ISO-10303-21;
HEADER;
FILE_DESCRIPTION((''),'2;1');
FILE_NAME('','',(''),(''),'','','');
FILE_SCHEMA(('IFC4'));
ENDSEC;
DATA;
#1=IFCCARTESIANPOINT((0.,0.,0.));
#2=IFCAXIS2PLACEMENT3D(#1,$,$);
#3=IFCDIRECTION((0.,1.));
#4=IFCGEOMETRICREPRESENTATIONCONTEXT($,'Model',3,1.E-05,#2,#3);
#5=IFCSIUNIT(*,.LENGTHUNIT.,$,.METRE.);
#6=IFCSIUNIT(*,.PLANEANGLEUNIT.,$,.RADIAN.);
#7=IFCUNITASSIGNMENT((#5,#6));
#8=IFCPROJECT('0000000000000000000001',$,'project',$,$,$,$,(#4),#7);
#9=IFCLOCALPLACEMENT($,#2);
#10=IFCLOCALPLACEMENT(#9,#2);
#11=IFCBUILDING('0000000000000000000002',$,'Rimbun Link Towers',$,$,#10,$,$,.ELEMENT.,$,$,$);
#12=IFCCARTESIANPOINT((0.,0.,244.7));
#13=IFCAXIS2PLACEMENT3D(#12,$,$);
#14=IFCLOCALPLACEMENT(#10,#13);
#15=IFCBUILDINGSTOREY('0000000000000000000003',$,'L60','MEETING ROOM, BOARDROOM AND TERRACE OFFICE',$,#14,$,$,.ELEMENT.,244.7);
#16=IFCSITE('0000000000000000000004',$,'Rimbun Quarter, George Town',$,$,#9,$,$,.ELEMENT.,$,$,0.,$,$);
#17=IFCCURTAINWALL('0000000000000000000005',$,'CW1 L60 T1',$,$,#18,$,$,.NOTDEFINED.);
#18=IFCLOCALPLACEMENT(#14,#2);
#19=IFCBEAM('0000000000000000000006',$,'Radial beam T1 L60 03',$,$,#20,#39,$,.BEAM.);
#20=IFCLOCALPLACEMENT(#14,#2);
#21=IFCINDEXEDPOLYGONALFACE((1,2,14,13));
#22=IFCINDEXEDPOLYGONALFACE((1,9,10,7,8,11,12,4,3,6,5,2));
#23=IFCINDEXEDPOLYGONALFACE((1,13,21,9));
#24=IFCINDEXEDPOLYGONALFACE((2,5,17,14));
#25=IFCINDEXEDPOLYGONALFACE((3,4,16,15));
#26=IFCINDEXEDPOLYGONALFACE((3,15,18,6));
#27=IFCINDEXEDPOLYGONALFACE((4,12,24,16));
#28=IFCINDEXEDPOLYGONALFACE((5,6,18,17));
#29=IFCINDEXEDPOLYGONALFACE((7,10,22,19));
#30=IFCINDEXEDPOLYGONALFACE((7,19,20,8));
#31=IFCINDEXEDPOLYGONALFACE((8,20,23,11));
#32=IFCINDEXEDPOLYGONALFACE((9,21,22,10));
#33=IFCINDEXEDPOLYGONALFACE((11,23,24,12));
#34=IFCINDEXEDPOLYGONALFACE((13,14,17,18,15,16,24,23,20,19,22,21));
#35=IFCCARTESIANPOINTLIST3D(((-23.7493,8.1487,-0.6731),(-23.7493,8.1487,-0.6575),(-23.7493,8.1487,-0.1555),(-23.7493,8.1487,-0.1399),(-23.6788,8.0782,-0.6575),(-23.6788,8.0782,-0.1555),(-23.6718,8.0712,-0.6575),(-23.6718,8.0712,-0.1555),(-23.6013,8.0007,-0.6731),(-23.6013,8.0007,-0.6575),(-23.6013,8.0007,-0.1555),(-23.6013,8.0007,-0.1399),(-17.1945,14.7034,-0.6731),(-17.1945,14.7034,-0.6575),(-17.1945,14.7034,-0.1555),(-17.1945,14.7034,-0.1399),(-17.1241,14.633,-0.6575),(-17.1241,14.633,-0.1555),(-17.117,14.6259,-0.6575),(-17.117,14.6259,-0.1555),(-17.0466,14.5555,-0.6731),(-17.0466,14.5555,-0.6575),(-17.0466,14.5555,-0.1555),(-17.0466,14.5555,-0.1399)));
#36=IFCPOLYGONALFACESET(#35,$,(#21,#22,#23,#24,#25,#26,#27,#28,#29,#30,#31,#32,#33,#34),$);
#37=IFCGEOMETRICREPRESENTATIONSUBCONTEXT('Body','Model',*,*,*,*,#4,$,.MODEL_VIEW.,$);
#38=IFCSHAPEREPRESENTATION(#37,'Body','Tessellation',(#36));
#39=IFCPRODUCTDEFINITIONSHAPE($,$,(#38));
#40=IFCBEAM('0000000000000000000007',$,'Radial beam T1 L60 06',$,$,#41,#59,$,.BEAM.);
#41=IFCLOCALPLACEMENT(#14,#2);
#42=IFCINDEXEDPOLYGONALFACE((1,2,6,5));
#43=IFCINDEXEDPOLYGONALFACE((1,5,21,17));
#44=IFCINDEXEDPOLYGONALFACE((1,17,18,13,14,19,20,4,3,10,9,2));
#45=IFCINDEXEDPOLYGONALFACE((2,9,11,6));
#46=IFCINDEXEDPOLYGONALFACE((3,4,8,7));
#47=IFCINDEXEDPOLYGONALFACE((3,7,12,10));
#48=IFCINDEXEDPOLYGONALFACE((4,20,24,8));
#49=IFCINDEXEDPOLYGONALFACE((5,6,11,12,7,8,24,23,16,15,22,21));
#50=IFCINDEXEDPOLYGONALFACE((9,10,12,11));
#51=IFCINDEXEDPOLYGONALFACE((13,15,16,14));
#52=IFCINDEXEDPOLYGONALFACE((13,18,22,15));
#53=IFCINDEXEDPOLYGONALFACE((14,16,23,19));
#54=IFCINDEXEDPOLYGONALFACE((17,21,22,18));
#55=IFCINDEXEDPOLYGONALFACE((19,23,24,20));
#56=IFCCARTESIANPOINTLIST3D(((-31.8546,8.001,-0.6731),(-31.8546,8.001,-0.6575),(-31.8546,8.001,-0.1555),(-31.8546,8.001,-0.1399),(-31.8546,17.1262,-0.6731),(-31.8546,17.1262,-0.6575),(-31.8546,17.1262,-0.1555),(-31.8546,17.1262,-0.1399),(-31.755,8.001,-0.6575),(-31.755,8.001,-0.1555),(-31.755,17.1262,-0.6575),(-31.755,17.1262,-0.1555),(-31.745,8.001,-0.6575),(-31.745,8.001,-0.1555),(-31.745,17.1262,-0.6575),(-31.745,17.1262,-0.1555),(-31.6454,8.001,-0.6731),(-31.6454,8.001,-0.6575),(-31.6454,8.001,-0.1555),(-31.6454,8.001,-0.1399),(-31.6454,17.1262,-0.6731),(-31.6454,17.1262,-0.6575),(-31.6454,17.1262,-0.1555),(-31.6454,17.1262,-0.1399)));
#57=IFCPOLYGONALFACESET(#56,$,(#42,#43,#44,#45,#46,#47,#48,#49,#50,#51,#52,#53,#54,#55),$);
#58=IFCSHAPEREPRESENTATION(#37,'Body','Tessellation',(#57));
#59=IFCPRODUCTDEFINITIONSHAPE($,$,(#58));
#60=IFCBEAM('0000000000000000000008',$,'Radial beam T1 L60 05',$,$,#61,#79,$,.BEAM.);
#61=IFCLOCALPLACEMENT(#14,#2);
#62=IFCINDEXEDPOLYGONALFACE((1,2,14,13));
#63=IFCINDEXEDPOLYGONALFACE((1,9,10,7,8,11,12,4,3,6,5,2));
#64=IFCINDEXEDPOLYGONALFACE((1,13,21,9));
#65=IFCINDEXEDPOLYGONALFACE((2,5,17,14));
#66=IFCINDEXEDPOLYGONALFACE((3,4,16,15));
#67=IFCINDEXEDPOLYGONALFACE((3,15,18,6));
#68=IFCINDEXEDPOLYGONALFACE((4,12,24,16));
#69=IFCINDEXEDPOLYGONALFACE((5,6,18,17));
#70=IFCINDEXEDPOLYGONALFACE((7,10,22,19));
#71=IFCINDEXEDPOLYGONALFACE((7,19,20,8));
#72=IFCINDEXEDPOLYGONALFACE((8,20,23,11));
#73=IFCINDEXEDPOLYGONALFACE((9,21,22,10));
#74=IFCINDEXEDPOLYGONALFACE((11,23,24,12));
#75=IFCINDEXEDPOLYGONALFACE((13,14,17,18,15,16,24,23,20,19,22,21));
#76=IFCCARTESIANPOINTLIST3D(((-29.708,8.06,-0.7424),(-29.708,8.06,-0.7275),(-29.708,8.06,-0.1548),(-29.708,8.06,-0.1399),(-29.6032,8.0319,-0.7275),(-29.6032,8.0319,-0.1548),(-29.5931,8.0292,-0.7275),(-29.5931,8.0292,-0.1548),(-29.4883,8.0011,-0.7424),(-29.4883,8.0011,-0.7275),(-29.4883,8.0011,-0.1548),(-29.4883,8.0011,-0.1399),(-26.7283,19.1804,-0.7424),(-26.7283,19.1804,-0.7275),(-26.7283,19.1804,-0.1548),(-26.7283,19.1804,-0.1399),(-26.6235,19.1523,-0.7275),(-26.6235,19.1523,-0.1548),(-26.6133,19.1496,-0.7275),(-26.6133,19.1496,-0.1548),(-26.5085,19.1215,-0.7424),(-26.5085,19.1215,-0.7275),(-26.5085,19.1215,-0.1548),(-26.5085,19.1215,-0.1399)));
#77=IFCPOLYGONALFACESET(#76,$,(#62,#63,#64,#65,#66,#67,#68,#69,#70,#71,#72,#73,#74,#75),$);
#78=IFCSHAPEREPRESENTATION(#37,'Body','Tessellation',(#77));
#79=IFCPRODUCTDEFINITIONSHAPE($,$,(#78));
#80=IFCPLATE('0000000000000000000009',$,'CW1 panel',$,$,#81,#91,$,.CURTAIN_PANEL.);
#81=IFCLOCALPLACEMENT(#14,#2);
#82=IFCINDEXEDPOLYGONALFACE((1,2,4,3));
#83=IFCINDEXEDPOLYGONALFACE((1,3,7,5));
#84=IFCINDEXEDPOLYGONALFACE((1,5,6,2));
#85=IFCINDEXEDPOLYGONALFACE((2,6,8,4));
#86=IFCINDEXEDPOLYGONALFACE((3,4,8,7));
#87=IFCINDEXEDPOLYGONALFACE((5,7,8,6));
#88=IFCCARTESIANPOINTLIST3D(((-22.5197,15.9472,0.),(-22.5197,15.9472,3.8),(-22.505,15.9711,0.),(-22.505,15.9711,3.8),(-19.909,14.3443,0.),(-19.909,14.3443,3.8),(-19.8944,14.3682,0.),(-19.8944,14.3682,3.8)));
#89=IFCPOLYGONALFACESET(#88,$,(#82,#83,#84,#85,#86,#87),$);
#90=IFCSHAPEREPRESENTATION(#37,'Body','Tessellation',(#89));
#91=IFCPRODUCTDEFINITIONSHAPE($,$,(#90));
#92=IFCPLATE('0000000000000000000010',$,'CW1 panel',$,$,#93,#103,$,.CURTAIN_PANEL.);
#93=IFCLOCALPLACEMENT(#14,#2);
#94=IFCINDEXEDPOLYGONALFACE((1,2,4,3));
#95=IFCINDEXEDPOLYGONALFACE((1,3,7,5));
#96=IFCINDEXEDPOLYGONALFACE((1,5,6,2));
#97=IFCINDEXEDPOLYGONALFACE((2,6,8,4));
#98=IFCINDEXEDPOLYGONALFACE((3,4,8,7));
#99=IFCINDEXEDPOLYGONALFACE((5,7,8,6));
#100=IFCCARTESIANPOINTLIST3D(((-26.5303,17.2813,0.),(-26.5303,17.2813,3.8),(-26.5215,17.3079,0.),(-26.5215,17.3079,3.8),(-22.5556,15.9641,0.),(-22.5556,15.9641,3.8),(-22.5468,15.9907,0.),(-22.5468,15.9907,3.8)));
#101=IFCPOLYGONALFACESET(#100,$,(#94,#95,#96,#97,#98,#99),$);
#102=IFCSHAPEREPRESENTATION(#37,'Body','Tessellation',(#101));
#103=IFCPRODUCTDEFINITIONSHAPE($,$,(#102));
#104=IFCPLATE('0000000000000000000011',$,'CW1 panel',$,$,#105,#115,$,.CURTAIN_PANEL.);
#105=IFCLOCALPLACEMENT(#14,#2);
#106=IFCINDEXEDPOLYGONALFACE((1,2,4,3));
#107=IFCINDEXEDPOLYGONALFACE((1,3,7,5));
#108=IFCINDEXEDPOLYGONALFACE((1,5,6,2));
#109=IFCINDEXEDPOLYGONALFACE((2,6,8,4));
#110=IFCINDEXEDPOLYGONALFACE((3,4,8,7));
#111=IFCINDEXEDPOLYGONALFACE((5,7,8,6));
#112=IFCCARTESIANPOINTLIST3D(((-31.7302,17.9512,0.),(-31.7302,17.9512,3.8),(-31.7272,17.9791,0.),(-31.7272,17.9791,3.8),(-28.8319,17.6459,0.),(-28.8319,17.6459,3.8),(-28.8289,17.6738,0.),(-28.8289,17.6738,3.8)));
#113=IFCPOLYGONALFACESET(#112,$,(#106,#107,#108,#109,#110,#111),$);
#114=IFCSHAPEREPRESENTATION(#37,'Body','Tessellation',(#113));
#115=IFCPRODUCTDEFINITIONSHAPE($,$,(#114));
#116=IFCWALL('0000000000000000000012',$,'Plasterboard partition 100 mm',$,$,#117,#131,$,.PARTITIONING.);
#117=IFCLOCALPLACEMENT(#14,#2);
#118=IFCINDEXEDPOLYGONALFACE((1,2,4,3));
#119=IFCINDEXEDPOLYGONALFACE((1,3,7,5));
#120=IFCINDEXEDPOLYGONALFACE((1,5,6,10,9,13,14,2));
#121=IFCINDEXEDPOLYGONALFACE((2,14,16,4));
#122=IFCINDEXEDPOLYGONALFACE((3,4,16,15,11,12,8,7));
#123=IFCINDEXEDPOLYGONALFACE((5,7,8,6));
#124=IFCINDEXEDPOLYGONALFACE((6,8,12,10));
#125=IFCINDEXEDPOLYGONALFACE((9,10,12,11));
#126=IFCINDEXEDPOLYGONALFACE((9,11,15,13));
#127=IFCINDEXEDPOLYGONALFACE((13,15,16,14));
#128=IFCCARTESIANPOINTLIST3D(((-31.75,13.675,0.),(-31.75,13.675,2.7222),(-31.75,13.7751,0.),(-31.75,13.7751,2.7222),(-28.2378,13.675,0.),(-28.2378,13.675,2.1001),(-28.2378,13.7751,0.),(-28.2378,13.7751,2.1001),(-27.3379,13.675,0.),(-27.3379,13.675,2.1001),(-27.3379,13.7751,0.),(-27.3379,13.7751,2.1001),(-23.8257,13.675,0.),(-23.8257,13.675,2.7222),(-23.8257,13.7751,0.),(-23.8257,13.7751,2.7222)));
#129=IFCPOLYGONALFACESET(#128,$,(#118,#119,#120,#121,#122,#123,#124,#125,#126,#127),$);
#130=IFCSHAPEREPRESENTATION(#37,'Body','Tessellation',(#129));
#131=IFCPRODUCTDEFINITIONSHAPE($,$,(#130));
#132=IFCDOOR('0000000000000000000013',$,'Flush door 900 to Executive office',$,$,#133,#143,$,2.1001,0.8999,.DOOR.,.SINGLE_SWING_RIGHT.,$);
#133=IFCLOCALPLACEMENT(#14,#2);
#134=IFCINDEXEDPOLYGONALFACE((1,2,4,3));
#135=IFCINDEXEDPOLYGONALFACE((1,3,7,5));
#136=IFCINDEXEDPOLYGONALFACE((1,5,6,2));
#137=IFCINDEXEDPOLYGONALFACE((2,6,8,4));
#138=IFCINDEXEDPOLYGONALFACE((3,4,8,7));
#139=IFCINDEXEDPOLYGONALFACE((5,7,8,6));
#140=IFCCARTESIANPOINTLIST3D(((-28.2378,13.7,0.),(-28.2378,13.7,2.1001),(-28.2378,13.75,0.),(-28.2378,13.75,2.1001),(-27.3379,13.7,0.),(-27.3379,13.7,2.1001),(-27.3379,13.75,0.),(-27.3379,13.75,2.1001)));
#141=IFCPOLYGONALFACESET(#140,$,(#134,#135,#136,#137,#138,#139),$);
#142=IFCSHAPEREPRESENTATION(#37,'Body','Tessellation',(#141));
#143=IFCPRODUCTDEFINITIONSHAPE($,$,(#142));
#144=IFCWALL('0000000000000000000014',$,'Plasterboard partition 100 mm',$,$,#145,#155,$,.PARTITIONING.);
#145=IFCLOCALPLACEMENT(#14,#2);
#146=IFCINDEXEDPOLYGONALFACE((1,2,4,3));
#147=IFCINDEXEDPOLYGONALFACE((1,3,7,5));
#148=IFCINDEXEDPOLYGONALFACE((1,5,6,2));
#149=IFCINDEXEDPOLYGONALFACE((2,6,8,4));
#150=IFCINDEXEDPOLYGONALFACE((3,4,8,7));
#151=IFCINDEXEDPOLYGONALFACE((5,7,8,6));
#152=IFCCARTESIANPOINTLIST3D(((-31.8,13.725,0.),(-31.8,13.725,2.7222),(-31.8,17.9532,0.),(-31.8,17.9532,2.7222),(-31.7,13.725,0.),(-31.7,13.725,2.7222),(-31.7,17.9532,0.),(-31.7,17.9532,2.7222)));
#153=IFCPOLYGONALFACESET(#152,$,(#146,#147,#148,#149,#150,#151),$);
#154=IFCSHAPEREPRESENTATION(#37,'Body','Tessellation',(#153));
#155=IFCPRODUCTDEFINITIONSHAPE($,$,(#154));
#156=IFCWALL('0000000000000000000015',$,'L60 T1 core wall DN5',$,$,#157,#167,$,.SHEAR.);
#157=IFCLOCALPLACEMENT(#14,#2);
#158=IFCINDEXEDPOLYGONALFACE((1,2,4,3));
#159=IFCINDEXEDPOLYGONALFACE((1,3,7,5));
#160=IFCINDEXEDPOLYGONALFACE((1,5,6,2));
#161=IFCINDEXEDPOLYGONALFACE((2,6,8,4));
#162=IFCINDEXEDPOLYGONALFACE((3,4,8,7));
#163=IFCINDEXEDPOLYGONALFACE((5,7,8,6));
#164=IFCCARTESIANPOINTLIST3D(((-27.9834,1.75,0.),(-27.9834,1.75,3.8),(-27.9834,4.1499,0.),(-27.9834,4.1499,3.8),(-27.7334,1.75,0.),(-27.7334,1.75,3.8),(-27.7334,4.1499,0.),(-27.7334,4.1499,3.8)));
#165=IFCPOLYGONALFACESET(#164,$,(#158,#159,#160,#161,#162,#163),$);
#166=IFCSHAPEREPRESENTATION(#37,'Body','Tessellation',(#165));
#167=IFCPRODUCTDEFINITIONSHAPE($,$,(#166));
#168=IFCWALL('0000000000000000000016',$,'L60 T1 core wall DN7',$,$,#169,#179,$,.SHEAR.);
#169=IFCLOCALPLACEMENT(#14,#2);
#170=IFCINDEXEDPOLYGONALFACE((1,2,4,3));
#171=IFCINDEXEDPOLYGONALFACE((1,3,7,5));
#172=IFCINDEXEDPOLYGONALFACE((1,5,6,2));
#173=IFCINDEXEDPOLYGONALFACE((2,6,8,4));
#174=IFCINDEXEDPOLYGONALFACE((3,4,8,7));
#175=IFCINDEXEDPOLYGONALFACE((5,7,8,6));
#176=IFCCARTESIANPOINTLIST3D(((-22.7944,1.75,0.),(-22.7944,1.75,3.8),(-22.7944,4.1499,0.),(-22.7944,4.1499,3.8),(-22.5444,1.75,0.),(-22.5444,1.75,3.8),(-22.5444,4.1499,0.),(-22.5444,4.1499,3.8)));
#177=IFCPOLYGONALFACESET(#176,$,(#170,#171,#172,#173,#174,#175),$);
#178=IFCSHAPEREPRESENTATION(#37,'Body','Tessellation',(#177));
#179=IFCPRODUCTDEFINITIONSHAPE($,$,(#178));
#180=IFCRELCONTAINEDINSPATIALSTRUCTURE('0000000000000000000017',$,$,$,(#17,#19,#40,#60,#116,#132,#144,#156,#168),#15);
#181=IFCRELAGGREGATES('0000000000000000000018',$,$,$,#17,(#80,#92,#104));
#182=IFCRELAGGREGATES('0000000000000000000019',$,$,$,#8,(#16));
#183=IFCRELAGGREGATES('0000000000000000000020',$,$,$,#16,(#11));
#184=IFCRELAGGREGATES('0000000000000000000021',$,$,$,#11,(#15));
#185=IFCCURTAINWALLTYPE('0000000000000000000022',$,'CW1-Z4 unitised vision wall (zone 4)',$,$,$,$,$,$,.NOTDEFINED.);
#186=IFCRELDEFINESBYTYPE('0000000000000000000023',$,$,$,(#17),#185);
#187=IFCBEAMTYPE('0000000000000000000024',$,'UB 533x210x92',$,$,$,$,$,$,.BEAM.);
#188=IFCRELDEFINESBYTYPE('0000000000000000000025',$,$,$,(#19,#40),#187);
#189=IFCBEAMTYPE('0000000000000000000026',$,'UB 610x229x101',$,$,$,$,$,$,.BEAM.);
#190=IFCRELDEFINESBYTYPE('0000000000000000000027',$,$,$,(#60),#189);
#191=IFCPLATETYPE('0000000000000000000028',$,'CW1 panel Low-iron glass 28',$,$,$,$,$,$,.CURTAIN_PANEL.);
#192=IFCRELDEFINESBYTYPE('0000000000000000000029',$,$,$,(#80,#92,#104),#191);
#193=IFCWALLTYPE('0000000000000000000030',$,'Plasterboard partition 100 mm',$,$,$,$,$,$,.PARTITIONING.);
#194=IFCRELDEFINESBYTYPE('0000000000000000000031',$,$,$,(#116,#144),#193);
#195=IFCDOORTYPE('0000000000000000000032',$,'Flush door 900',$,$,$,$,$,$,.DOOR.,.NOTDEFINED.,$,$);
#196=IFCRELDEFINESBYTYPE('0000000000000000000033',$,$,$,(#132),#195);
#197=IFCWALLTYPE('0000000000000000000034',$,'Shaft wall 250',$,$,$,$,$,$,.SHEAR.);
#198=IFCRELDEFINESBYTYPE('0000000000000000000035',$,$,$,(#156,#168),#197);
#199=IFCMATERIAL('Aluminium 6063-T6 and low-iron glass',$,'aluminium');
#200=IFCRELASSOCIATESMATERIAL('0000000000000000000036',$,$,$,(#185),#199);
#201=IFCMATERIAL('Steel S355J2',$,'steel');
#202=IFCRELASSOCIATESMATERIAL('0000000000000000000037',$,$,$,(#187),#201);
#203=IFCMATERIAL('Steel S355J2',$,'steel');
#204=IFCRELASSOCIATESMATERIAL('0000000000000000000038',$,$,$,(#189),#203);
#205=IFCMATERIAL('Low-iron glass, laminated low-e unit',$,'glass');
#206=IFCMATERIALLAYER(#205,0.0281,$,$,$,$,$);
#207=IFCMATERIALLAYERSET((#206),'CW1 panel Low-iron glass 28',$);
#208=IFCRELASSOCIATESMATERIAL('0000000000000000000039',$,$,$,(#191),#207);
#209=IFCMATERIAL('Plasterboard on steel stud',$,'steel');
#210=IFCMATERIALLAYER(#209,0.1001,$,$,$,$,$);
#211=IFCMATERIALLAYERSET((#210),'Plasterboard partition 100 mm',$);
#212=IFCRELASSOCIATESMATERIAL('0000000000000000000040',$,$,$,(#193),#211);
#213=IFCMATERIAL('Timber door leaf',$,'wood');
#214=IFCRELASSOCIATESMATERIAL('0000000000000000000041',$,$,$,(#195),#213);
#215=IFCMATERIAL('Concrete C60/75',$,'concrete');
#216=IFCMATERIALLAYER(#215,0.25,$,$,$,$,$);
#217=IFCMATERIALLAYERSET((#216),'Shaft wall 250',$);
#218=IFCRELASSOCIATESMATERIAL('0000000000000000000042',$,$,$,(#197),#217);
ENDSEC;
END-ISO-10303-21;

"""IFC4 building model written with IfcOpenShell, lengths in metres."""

from ifc_helpers import new_model, si_unit, direction, frame, frame_2d, origin, origin_2d, place, context, subcontext, project, spatial, rectangle, i_section, extrude, material, layer, layer_set, material_profile, profile_set, type_object, element, fill, aggregate, save


model = new_model("IFC4")

# Units and contexts
model_context = context("Model", 3, precision=1e-05, world=origin(), true_north=direction((0.0, 1.0)))
body_context = subcontext(model_context, "Body", "Model", "MODEL_VIEW")
ifc_project = project(units=[si_unit("LENGTHUNIT", "METRE"), si_unit("PLANEANGLEUNIT", "RADIAN")], contexts=[model_context])

# Site, building, storey
site_placement = place(None, origin())
site = spatial("IfcSite", under=ifc_project, at=site_placement, Name="Rimbun Quarter, George Town", CompositionType="ELEMENT", RefElevation=0.0)
building_placement = place(site_placement, origin())
building = spatial("IfcBuilding", under=site, at=building_placement, Name="Rimbun Link Towers", CompositionType="ELEMENT")
storey_placement = place(building_placement, frame((0.0, 0.0, 244.7)))
storey = spatial("IfcBuildingStorey", under=building, at=storey_placement, Name="L60", Description="MEETING ROOM, BOARDROOM AND TERRACE OFFICE", CompositionType="ELEMENT", Elevation=244.7)

# Curtain wall
ifc_material_1 = material(Name="Aluminium 6063-T6 and low-iron glass", Category="aluminium")
curtain_wall_type = type_object("IfcCurtainWallType", Name="CW1-Z4 unitised vision wall (zone 4)", PredefinedType="NOTDEFINED", material=ifc_material_1)
curtain_wall_placement = place(storey_placement, origin())
curtain_wall = element("IfcCurtainWall", 1, at=curtain_wall_placement, inside=storey, type_object=curtain_wall_type, Name="CW1 L60 T1", PredefinedType="NOTDEFINED")

# Beams
ifc_material_2 = material(Name="Steel S355J2", Category="steel")
ifc_material_profile_1 = material_profile(ifc_material_2, i_section(OverallWidth=0.2092, OverallDepth=0.5332, WebThickness=0.01, FlangeThickness=0.0156, at=origin_2d()), Name="UB 533x210x92")
ifc_profile_set_1 = profile_set([ifc_material_profile_1], Name="Steel S355J2")
beam_type_1 = type_object("IfcBeamType", Name="UB 533x210x92", PredefinedType="BEAM", material=ifc_profile_set_1)
beam_1_placement = place(storey_placement, frame((-23.6753, 8.0747, -0.4065), z_axis=(0.707107, 0.707107, 0.0), x_axis=(-0.707107, 0.707107, 0.0)))
element("IfcBeam", 2, at=beam_1_placement, inside=storey, type_object=beam_type_1, Name="Radial beam T1 L60 03", PredefinedType="BEAM", context=body_context, shape_type="SweptSolid", body=[
    extrude(i_section(OverallWidth=0.2092, OverallDepth=0.5332, WebThickness=0.01, FlangeThickness=0.0156, at=origin_2d()), origin(), (0.0, 0.0, 1.0), 9.2698),
])
beam_2_placement = place(storey_placement, frame((-31.75, 8.001, -0.4065), z_axis=(0.0, 1.0, 0.0), x_axis=(-1.0, 0.0, 0.0)))
element("IfcBeam", 3, at=beam_2_placement, inside=storey, type_object=beam_type_1, Name="Radial beam T1 L60 06", PredefinedType="BEAM", context=body_context, shape_type="SweptSolid", body=[
    extrude(i_section(OverallWidth=0.2092, OverallDepth=0.5332, WebThickness=0.01, FlangeThickness=0.0156, at=origin_2d()), origin(), (0.0, 0.0, 1.0), 9.1252),
])
ifc_material_3 = material(Name="Steel S355J2", Category="steel")
ifc_material_profile_2 = material_profile(ifc_material_3, i_section(OverallWidth=0.2275, OverallDepth=0.6025, WebThickness=0.0105, FlangeThickness=0.0149, at=origin_2d()), Name="UB 610x229x101")
ifc_profile_set_2 = profile_set([ifc_material_profile_2], Name="Steel S355J2")
beam_type_2 = type_object("IfcBeamType", Name="UB 610x229x101", PredefinedType="BEAM", material=ifc_profile_set_2)
beam_3_placement = place(storey_placement, frame((-29.5981, 8.0305, -0.4412), z_axis=(0.258823, 0.965925, 0.0), x_axis=(-0.965925, 0.258823, 0.0)))
element("IfcBeam", 4, at=beam_3_placement, inside=storey, type_object=beam_type_2, Name="Radial beam T1 L60 05", PredefinedType="BEAM", context=body_context, shape_type="SweptSolid", body=[
    extrude(i_section(OverallWidth=0.2275, OverallDepth=0.6025, WebThickness=0.0105, FlangeThickness=0.0149, at=origin_2d()), origin(), (0.0, 0.0, 1.0), 11.5127),
])

# Plates
ifc_material_4 = material(Name="Low-iron glass, laminated low-e unit", Category="glass")
ifc_layer_1 = layer(ifc_material_4, 0.0281)
ifc_layer_set_1 = layer_set([ifc_layer_1], Name="CW1 panel Low-iron glass 28")
plate_type = type_object("IfcPlateType", Name="CW1 panel Low-iron glass 28", PredefinedType="CURTAIN_PANEL", material=ifc_layer_set_1)
plate_1_placement = place(storey_placement, frame((-21.207, 15.1577, 0.0), z_axis=(0.0, 0.0, 1.0), x_axis=(0.852192, -0.523229, 0.0)))
plate_1 = element("IfcPlate", 5, at=plate_1_placement, type_object=plate_type, Name="CW1 panel", PredefinedType="CURTAIN_PANEL", context=body_context, shape_type="SweptSolid", body=[
    extrude(rectangle(XDim=3.0635, YDim=0.0281, at=origin_2d()), origin(), (0.0, 0.0, 1.0), 3.8),
])
plate_2_placement = place(storey_placement, frame((-24.5386, 16.636, 0.0), z_axis=(0.0, 0.0, 1.0), x_axis=(0.949234, -0.314569, 0.0)))
plate_2 = element("IfcPlate", 6, at=plate_2_placement, type_object=plate_type, Name="CW1 panel", PredefinedType="CURTAIN_PANEL", context=body_context, shape_type="SweptSolid", body=[
    extrude(rectangle(XDim=4.1873, YDim=0.0281, at=origin_2d()), origin(), (0.0, 0.0, 1.0), 3.8),
])
plate_3_placement = place(storey_placement, frame((-30.2795, 17.8125, 0.0), z_axis=(0.0, 0.0, 1.0), x_axis=(0.9945, -0.104732, 0.0)))
plate_3 = element("IfcPlate", 7, at=plate_3_placement, type_object=plate_type, Name="CW1 panel", PredefinedType="CURTAIN_PANEL", context=body_context, shape_type="SweptSolid", body=[
    extrude(rectangle(XDim=2.9143, YDim=0.0281, at=origin_2d()), origin(), (0.0, 0.0, 1.0), 3.8),
])
aggregate(curtain_wall, [plate_1, plate_2, plate_3])

# Wall, opening, door
ifc_material_5 = material(Name="Plasterboard on steel stud", Category="steel")
ifc_layer_2 = layer(ifc_material_5, 0.1001)
ifc_layer_set_2 = layer_set([ifc_layer_2], Name="Plasterboard partition 100 mm")
wall_type_1 = type_object("IfcWallType", Name="Plasterboard partition 100 mm", PredefinedType="PARTITIONING", material=ifc_layer_set_2)
wall_1_placement = place(storey_placement, frame((-31.75, 13.7251, 0.0), z_axis=(0.0, 0.0, 1.0), x_axis=(1.0, 0.0, 0.0)))
wall_1 = element("IfcWall", 8, at=wall_1_placement, inside=storey, type_object=wall_type_1, Name="Plasterboard partition 100 mm", PredefinedType="PARTITIONING", context=body_context, shape_type="SweptSolid", body=[
    extrude(rectangle(XDim=7.9243, YDim=0.1001, at=frame_2d((3.9622, 0.0))), origin(), (0.0, 0.0, 1.0), 2.7222),
])
opening_1_placement = place(wall_1_placement, frame((3.5122, 0.0, 0.0)))
opening_1 = element("IfcOpeningElement", 9, at=opening_1_placement, cuts=wall_1, PredefinedType="OPENING", context=body_context, shape_type="SweptSolid", body=[
    extrude(rectangle(XDim=0.8999, YDim=2.1001, at=frame_2d((0.45, 1.05))), frame((0.0, 0.0601, 0.0), z_axis=(0.0, -1.0, 0.0), x_axis=(1.0, 0.0, 0.0)), (0.0, 0.0, 1.0), 0.1201),
])
ifc_material_6 = material(Name="Timber door leaf", Category="wood")
door_type_1 = type_object("IfcDoorType", Name="Flush door 900", OperationType="NOTDEFINED", PredefinedType="DOOR", material=ifc_material_6)
door_1_placement = place(opening_1_placement, origin())
door_1 = element("IfcDoor", 10, at=door_1_placement, inside=storey, type_object=door_type_1, Name="Flush door 900 to Executive office", OperationType="SINGLE_SWING_RIGHT", OverallHeight=2.1001, OverallWidth=0.8999, PredefinedType="DOOR", context=body_context, shape_type="SweptSolid", body=[
    extrude(rectangle(XDim=0.8999, YDim=2.1001, at=frame_2d((0.45, 1.05))), frame((0.0, 0.0249, 0.0), z_axis=(0.0, -1.0, 0.0), x_axis=(1.0, 0.0, 0.0)), (0.0, 0.0, 1.0), 0.05),
])
fill(opening_1, door_1)

# Walls
wall_2_placement = place(storey_placement, frame((-31.75, 17.9534, 0.0), z_axis=(0.0, 0.0, 1.0), x_axis=(0.0, -1.0, 0.0)))
element("IfcWall", 11, at=wall_2_placement, inside=storey, type_object=wall_type_1, Name="Plasterboard partition 100 mm", PredefinedType="PARTITIONING", context=body_context, shape_type="SweptSolid", body=[
    extrude(rectangle(XDim=4.2283, YDim=0.1001, at=frame_2d((2.1143, 0.0))), origin(), (0.0, 0.0, 1.0), 2.7222),
])
ifc_material_7 = material(Name="Concrete C60/75", Category="concrete")
ifc_layer_3 = layer(ifc_material_7, 0.25)
ifc_layer_set_3 = layer_set([ifc_layer_3], Name="Shaft wall 250")
wall_type_2 = type_object("IfcWallType", Name="Shaft wall 250", PredefinedType="SHEAR", material=ifc_layer_set_3)
for number, where, z_axis, x_axis, name in (
    (12, (-27.8584, 1.75, 0.0), (0.0, 0.0, 1.0), (0.0, 1.0, 0.0), "L60 T1 core wall DN5"),
    (13, (-22.6694, 1.75, 0.0), (0.0, 0.0, 1.0), (0.0, 1.0, 0.0), "L60 T1 core wall DN7"),
):
    element("IfcWall", number, at=place(storey_placement, frame(where, z_axis=z_axis, x_axis=x_axis)), inside=storey, type_object=wall_type_2, Name=name, PredefinedType="SHEAR", context=body_context, shape_type="SweptSolid", body=[
        extrude(rectangle(XDim=2.3999, YDim=0.25, at=frame_2d((1.2, 0.0))), origin(), (0.0, 0.0, 1.0), 3.8),
    ])

save(model, "model.ifc")
